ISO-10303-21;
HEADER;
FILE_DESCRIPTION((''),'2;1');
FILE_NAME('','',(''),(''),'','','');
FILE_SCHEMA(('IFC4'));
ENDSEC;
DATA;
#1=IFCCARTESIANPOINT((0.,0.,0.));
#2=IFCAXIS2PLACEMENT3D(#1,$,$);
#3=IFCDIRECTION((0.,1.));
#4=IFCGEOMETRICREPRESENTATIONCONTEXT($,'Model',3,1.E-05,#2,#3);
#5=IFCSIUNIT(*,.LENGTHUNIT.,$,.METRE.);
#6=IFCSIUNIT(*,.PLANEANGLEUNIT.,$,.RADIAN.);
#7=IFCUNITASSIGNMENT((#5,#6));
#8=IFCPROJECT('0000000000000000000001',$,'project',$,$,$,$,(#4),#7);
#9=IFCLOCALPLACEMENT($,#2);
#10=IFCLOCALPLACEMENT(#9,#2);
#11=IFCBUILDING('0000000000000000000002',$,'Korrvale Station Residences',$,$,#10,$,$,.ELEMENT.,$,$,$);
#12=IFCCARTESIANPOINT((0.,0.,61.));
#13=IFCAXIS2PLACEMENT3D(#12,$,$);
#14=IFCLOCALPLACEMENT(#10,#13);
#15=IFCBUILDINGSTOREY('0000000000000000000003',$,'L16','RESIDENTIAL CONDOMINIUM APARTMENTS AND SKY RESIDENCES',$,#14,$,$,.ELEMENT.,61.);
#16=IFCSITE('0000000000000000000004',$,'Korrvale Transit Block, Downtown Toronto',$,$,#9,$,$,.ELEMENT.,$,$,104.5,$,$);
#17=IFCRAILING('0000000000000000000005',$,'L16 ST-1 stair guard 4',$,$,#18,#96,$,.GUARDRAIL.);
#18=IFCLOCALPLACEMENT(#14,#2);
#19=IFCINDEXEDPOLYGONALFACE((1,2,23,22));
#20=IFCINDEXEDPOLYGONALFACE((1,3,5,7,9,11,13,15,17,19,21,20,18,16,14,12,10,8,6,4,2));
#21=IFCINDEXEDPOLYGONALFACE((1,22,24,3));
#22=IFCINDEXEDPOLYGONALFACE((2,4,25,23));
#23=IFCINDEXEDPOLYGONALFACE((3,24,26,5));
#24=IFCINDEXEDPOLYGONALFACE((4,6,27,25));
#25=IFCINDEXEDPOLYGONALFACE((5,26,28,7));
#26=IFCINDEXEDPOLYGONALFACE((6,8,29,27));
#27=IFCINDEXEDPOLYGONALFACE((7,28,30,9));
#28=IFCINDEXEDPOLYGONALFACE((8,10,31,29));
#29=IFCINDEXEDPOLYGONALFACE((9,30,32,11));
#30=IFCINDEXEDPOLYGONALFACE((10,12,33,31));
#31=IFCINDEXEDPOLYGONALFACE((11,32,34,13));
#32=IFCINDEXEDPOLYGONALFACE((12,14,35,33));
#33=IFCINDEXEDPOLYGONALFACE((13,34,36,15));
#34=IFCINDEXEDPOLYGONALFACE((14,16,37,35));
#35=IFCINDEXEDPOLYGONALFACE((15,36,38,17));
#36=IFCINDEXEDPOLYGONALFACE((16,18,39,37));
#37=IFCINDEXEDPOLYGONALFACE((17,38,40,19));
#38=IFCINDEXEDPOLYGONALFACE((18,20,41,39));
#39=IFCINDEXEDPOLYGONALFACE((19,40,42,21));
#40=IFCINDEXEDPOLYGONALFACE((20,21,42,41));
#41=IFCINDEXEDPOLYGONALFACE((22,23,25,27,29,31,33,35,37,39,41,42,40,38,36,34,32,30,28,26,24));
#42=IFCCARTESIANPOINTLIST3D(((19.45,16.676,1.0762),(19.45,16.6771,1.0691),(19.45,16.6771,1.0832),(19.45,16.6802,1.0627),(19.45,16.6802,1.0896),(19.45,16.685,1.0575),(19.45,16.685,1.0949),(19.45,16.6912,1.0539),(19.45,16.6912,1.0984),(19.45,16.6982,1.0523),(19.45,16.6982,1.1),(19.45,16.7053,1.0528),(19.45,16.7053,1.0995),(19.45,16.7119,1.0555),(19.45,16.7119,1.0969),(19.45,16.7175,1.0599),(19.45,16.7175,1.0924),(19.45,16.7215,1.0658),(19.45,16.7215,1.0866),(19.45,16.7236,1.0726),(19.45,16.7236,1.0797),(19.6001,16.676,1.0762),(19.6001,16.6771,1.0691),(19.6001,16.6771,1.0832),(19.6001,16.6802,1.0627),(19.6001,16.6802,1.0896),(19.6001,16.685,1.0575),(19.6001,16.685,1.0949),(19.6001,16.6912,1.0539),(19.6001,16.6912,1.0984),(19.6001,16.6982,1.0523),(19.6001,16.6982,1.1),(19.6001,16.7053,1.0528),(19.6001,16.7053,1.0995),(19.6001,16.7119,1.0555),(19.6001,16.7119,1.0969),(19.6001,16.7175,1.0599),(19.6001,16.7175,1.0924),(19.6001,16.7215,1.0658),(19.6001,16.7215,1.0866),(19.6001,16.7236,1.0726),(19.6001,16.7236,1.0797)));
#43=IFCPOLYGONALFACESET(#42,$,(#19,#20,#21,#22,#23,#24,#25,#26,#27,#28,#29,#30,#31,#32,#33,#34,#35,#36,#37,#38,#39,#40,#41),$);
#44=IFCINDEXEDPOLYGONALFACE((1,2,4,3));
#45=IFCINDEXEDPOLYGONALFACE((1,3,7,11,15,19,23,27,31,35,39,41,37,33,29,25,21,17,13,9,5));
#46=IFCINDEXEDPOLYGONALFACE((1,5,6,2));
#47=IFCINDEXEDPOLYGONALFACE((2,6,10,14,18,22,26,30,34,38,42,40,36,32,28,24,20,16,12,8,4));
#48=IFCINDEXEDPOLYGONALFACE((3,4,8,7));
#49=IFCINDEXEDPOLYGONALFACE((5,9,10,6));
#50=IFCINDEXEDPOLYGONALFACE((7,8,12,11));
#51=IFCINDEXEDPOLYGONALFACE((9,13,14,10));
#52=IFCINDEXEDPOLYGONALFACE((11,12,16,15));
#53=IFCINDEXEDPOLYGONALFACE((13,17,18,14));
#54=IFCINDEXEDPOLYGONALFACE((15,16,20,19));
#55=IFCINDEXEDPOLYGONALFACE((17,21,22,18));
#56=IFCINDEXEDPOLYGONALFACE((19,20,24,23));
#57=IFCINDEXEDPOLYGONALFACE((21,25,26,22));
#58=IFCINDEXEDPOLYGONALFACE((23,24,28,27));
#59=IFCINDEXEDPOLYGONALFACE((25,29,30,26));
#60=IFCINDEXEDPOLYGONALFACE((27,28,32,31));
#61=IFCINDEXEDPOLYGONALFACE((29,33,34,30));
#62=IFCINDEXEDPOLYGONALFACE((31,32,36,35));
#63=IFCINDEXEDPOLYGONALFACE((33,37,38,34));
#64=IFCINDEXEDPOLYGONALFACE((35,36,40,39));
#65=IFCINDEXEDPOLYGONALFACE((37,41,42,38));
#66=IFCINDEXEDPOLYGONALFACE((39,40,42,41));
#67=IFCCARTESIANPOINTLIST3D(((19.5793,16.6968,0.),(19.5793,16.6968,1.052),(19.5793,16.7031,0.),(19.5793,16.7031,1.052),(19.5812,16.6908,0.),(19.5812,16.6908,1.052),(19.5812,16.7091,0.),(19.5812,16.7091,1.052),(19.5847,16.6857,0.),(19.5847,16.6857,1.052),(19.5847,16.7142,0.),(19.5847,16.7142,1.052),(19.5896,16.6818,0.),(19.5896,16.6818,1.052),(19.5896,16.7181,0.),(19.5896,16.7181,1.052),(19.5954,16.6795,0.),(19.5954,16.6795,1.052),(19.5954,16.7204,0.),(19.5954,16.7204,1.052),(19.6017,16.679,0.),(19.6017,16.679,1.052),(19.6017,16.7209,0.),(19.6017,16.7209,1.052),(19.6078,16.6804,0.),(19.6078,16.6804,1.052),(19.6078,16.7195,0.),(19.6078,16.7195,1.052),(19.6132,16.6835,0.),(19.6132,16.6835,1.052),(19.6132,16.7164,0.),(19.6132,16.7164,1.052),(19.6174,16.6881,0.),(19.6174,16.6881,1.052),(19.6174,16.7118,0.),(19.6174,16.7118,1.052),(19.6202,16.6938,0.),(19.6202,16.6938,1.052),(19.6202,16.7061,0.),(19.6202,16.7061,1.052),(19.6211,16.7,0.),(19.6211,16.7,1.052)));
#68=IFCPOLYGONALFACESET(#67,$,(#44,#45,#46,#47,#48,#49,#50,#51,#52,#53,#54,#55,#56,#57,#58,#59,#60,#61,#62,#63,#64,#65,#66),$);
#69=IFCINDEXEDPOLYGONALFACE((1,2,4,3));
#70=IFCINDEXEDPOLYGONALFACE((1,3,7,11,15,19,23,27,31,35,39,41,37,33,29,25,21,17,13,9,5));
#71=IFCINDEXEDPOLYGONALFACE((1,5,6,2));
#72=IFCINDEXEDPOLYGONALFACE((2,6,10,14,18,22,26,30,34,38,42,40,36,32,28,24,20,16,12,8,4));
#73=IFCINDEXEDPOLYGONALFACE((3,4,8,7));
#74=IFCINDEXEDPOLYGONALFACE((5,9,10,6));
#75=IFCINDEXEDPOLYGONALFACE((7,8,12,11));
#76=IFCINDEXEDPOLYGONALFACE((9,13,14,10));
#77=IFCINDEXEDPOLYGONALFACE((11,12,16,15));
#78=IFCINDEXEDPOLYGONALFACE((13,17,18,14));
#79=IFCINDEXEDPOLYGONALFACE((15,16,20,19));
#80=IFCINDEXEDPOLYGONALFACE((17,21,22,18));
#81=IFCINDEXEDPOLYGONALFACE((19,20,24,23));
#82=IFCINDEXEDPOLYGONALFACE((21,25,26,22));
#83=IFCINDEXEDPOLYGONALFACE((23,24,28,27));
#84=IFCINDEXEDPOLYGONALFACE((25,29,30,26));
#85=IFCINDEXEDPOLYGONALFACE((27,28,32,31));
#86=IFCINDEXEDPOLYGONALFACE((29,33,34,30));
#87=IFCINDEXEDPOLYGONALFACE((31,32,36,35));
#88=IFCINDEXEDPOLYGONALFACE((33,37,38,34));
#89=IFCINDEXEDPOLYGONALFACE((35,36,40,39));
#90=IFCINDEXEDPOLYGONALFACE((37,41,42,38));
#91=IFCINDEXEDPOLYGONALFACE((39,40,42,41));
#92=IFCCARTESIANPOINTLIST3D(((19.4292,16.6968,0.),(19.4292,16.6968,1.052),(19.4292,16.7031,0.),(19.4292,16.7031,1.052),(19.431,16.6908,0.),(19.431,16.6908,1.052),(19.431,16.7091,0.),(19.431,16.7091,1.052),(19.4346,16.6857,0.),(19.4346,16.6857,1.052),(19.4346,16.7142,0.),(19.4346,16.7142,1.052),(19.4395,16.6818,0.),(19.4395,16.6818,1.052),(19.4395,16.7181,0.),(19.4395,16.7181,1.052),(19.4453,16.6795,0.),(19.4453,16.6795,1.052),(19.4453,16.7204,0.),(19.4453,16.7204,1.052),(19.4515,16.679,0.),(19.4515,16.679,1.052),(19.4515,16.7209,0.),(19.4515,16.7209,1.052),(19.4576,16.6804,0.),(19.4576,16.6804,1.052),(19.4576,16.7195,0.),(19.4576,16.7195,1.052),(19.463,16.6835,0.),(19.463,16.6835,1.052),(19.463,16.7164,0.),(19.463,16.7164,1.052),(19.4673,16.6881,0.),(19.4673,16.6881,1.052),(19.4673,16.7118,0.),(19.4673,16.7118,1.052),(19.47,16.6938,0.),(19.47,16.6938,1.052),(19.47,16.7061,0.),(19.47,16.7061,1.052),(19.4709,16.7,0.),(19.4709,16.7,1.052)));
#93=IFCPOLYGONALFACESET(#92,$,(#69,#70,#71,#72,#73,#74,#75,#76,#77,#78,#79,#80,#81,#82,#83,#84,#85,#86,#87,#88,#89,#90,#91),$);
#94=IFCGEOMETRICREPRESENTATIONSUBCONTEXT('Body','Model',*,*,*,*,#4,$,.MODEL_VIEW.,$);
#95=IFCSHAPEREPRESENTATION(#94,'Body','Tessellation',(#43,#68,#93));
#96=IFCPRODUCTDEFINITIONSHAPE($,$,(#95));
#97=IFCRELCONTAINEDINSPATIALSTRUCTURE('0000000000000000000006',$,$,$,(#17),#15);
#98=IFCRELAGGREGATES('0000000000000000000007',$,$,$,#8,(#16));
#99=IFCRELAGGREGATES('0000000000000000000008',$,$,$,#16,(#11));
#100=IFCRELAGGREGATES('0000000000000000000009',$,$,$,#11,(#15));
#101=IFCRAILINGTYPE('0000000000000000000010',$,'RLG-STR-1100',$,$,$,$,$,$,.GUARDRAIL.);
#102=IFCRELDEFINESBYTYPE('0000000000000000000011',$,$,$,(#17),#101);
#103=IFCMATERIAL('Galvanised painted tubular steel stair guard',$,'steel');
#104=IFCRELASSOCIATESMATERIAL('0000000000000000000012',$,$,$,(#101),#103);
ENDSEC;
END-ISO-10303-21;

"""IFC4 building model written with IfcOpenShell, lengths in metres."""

from ifc_helpers import new_model, si_unit, direction, frame, origin, origin_2d, place, context, subcontext, project, spatial, circle, extrude, material, type_object, element, save


model = new_model("IFC4")

# Units and contexts
model_context = context("Model", 3, precision=1e-05, world=origin(), true_north=direction((0.0, 1.0)))
body_context = subcontext(model_context, "Body", "Model", "MODEL_VIEW")
ifc_project = project(units=[si_unit("LENGTHUNIT", "METRE"), si_unit("PLANEANGLEUNIT", "RADIAN")], contexts=[model_context])

# Site, building, storey
site_placement = place(None, origin())
site = spatial("IfcSite", under=ifc_project, at=site_placement, Name="Korrvale Transit Block, Downtown Toronto", CompositionType="ELEMENT", RefElevation=104.5)
building_placement = place(site_placement, origin())
building = spatial("IfcBuilding", under=site, at=building_placement, Name="Korrvale Station Residences", CompositionType="ELEMENT")
storey_placement = place(building_placement, frame((0.0, 0.0, 61.0)))
storey = spatial("IfcBuildingStorey", under=building, at=storey_placement, Name="L16", Description="RESIDENTIAL CONDOMINIUM APARTMENTS AND SKY RESIDENCES", CompositionType="ELEMENT", Elevation=61.0)

# Railing
ifc_material_1 = material(Name="Galvanised painted tubular steel stair guard", Category="steel")
railing_type_1 = type_object("IfcRailingType", Name="RLG-STR-1100", PredefinedType="GUARDRAIL", material=ifc_material_1)
railing_1_placement = place(storey_placement, frame((19.6001, 16.7, 0.0)))
element("IfcRailing", 1, at=railing_1_placement, inside=storey, type_object=railing_type_1, Name="L16 ST-1 stair guard 4", PredefinedType="GUARDRAIL", context=body_context, shape_type="SweptSolid", body=[
    extrude(circle(Radius=0.0239, at=origin_2d()), frame((0.0, 0.0, 1.0762), z_axis=(-1.0, 0.0, 0.0), x_axis=(0.0, -1.0, 0.0)), (0.0, 0.0, 1.0), 0.1501),
    extrude(circle(Radius=0.021, at=origin_2d()), origin(), (0.0, 0.0, 1.0), 1.052),
    extrude(circle(Radius=0.021, at=origin_2d()), frame((-0.1501, 0.0, 0.0)), (0.0, 0.0, 1.0), 1.052),
])

save(model, "model.ifc")
